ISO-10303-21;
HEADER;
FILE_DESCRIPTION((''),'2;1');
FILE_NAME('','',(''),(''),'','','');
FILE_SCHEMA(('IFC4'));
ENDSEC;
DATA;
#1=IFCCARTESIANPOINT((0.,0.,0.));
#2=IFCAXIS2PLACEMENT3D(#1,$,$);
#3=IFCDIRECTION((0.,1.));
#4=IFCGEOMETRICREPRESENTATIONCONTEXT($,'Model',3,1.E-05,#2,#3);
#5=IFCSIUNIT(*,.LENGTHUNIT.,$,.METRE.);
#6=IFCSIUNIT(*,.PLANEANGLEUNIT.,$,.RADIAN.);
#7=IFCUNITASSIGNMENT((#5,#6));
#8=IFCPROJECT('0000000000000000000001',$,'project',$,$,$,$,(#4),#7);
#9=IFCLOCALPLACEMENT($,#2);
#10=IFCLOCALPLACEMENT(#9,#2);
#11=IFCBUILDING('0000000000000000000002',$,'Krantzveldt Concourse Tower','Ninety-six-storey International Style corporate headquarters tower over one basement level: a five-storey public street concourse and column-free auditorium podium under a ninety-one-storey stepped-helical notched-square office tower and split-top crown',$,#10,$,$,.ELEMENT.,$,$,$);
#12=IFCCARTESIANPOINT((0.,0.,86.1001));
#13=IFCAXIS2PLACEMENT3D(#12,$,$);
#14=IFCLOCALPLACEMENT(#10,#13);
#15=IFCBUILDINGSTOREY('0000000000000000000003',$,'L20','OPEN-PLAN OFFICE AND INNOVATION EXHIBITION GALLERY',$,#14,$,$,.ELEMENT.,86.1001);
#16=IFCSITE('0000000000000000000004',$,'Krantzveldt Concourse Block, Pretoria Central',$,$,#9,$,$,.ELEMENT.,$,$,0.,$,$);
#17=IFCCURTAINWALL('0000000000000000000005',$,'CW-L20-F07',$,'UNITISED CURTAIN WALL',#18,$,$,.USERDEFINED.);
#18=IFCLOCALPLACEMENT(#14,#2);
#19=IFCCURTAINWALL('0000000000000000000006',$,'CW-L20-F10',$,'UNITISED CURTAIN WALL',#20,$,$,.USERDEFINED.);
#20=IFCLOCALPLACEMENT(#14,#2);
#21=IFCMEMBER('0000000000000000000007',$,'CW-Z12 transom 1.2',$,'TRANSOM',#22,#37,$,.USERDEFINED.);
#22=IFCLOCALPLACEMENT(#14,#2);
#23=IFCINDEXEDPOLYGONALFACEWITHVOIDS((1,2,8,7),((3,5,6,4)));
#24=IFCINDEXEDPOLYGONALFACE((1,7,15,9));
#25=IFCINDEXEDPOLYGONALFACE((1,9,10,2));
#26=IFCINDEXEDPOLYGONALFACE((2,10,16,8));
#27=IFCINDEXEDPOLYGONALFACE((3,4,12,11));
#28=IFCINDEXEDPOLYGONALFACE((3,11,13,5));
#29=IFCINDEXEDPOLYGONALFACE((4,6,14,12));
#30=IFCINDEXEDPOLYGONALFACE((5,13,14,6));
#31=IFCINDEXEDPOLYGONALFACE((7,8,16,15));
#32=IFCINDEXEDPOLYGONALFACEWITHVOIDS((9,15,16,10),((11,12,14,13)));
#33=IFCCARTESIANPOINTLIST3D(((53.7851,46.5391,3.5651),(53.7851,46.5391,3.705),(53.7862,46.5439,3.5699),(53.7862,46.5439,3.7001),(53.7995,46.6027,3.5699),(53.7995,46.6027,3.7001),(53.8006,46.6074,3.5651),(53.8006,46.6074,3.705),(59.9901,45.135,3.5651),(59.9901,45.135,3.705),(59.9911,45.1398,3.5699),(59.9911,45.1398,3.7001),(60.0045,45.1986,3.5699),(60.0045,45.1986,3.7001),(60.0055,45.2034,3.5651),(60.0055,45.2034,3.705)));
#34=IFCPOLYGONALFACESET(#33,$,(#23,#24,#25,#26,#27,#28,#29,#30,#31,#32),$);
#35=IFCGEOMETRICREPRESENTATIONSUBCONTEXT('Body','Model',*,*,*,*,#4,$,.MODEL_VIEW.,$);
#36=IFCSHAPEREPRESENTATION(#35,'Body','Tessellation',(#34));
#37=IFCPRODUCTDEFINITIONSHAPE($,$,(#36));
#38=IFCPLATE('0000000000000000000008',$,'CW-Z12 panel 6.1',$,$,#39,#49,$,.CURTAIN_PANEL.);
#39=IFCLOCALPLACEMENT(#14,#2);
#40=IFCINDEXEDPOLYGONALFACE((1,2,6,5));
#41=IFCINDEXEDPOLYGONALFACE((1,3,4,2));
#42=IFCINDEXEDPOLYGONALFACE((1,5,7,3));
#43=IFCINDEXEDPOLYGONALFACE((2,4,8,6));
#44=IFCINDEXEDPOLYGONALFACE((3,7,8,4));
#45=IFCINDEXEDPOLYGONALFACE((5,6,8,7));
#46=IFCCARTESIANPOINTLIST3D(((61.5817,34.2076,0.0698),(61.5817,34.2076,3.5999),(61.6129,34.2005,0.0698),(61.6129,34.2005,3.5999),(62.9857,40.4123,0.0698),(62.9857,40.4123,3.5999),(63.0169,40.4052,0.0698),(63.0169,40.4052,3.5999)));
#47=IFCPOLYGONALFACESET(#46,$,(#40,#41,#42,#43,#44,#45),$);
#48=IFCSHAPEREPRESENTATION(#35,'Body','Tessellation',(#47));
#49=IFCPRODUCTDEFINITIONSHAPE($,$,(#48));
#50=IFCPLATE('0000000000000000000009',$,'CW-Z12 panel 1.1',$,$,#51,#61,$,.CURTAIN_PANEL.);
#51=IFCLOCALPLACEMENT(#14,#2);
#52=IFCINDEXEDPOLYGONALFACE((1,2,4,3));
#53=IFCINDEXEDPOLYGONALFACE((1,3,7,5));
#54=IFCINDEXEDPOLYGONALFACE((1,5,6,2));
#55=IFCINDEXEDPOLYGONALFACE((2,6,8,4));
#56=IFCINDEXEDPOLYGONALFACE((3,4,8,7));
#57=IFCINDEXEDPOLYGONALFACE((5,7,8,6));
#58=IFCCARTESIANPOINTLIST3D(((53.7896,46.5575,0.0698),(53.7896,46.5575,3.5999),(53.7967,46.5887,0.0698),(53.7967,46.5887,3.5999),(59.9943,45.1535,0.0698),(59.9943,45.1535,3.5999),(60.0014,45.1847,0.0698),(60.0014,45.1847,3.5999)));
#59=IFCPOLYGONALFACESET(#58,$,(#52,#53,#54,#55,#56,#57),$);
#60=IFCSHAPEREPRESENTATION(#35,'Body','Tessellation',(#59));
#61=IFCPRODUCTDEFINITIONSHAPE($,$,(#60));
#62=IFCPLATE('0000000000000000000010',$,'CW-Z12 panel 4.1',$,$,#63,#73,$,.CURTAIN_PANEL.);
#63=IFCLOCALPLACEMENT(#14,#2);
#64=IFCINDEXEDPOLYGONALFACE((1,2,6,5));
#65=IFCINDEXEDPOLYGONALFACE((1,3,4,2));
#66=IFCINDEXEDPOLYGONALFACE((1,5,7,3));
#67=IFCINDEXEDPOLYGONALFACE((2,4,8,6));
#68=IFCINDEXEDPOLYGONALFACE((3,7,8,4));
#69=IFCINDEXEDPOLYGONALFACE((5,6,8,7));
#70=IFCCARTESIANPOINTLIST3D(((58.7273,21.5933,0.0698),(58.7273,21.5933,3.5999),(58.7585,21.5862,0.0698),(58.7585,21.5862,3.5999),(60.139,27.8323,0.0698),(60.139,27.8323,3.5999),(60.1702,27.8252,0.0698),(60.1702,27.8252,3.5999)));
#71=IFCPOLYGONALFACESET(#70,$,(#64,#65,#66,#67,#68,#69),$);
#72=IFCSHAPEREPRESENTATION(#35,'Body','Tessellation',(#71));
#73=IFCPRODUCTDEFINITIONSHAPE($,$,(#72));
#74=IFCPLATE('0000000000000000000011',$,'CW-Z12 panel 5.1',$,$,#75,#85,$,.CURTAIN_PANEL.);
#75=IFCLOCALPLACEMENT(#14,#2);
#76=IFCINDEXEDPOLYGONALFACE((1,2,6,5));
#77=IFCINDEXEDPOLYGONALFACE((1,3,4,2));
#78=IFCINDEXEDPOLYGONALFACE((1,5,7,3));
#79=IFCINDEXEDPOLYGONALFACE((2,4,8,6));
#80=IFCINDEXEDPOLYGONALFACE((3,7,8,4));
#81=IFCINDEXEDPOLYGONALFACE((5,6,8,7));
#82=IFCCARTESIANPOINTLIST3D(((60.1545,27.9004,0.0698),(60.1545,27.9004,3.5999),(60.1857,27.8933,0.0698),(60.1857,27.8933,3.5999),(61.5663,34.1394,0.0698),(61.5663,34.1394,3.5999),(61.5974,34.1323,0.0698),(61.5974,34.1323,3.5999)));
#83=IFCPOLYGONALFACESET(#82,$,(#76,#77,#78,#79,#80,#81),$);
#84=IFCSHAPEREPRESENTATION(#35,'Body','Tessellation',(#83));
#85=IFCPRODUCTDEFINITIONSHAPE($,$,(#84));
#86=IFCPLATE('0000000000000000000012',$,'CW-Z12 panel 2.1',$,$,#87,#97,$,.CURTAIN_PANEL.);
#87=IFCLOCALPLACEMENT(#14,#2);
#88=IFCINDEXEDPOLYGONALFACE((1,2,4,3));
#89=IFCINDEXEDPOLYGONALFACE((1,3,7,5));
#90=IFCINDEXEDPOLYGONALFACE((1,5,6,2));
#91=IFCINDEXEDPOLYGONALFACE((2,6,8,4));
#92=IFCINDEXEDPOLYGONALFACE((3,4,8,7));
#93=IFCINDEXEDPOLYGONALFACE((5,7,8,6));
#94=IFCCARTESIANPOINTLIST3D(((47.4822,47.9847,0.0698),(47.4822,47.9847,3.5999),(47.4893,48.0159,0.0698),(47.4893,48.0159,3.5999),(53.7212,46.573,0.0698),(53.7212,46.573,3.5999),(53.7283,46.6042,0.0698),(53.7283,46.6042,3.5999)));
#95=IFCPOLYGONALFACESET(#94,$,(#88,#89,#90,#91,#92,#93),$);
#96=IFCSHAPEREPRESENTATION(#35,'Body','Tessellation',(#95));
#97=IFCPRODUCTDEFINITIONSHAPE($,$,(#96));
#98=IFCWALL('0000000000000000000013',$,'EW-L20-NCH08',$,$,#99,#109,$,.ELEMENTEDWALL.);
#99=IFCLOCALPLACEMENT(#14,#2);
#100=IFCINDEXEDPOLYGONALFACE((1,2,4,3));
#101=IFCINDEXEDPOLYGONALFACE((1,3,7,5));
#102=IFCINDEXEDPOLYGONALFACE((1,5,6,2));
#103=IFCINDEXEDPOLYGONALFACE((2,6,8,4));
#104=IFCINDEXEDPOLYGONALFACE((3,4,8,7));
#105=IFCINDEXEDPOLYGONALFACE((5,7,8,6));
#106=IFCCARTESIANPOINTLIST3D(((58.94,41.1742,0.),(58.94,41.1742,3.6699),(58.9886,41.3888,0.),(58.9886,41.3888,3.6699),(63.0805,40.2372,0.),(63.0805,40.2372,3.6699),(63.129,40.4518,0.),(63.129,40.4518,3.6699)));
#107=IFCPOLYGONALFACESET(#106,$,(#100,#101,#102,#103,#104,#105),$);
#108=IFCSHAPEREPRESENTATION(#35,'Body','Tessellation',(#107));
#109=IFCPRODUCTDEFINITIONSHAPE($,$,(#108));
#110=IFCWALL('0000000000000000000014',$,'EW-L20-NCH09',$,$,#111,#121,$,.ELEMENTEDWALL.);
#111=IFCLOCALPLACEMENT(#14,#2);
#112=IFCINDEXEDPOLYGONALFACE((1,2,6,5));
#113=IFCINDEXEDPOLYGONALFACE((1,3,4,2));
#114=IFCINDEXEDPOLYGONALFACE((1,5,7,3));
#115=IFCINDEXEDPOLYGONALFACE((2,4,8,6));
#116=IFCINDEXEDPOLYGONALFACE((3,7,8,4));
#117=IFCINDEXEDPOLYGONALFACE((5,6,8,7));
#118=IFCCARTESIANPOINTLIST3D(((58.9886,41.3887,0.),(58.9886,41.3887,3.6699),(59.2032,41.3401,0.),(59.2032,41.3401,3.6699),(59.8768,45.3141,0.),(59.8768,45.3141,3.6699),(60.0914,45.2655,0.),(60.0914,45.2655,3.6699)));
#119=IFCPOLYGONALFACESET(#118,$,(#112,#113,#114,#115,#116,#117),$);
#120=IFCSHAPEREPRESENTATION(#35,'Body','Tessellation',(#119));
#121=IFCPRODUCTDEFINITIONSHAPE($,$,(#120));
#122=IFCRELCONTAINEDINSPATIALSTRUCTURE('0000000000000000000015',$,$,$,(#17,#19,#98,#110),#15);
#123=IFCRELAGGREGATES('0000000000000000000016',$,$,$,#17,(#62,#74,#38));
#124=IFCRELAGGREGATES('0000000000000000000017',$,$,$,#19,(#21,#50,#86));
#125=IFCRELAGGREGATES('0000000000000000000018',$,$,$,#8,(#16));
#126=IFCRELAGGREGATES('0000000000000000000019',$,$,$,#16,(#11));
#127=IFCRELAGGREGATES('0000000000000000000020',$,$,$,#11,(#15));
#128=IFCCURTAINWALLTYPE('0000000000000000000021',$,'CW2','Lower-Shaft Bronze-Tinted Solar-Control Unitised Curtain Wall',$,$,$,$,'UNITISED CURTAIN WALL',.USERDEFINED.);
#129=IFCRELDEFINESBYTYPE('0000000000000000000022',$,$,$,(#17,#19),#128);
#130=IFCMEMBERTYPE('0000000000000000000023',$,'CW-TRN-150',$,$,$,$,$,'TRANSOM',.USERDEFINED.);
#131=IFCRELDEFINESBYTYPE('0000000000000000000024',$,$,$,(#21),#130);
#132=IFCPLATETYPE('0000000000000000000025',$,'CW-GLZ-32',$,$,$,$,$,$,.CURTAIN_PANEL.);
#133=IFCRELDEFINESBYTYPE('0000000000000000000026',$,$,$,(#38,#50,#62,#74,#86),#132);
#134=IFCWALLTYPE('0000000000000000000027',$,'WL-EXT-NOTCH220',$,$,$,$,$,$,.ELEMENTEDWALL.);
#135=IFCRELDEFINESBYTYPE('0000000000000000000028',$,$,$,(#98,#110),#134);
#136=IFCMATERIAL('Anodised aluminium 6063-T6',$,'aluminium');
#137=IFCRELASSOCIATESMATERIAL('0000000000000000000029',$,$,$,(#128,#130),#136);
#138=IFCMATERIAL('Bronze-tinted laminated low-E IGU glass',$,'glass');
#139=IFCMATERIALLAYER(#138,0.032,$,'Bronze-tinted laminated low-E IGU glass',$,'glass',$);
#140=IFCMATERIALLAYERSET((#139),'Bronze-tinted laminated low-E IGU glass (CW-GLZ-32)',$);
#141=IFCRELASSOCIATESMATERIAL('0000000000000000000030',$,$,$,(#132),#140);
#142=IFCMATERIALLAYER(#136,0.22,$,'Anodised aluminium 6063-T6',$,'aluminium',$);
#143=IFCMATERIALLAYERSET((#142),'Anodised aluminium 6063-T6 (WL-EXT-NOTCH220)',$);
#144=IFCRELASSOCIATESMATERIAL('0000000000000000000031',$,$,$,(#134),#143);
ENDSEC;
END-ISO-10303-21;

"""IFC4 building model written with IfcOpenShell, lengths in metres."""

from ifc_helpers import new_model, si_unit, direction, frame, frame_2d, origin, origin_2d, place, context, subcontext, project, spatial, rectangle, hollow_rectangle, extrude, source, transform, mapped, material, layer, layer_set, material_profile, profile_set, type_object, type_shapes, element, aggregate, save


model = new_model("IFC4")

# Units and contexts
model_context = context("Model", 3, precision=1e-05, world=origin(), true_north=direction((0.0, 1.0)))
body_context = subcontext(model_context, "Body", "Model", "MODEL_VIEW")
ifc_project = project(units=[si_unit("LENGTHUNIT", "METRE"), si_unit("PLANEANGLEUNIT", "RADIAN")], contexts=[model_context])

# Site, building, storey
site_placement = place(None, origin())
site = spatial("IfcSite", under=ifc_project, at=site_placement, Name="Krantzveldt Concourse Block, Pretoria Central", CompositionType="ELEMENT", RefElevation=0.0)
building_placement = place(site_placement, origin())
building = spatial("IfcBuilding", under=site, at=building_placement, Name="Krantzveldt Concourse Tower", Description="Ninety-six-storey International Style corporate headquarters tower over one basement level: a five-storey public street concourse and column-free auditorium podium under a ninety-one-storey stepped-helical notched-square office tower and split-top crown", CompositionType="ELEMENT")
storey_placement = place(building_placement, frame((0.0, 0.0, 86.1001)))
storey = spatial("IfcBuildingStorey", under=building, at=storey_placement, Name="L20", Description="OPEN-PLAN OFFICE AND INNOVATION EXHIBITION GALLERY", CompositionType="ELEMENT", Elevation=86.1001)

# Curtain walls
ifc_material_1 = material(Name="Anodised aluminium 6063-T6", Category="aluminium")
curtain_wall_type = type_object("IfcCurtainWallType", Name="CW2", Description="Lower-Shaft Bronze-Tinted Solar-Control Unitised Curtain Wall", ElementType="UNITISED CURTAIN WALL", PredefinedType="USERDEFINED", material=ifc_material_1)
curtain_wall_1_placement = place(storey_placement, origin())
curtain_wall_1 = element("IfcCurtainWall", 1, at=curtain_wall_1_placement, inside=storey, type_object=curtain_wall_type, Name="CW-L20-F07", ObjectType="UNITISED CURTAIN WALL", PredefinedType="USERDEFINED")
curtain_wall_2_placement = place(storey_placement, origin())
curtain_wall_2 = element("IfcCurtainWall", 2, at=curtain_wall_2_placement, inside=storey, type_object=curtain_wall_type, Name="CW-L20-F10", ObjectType="UNITISED CURTAIN WALL", PredefinedType="USERDEFINED")

# Member
ifc_material_profile_1 = material_profile(ifc_material_1, hollow_rectangle(XDim=0.0701, YDim=0.1399, WallThickness=0.0049, at=origin_2d()), Name="Anodised aluminium 6063-T6", Category="aluminium")
ifc_profile_set_1 = profile_set([ifc_material_profile_1], Name="Anodised aluminium 6063-T6 - ALU-TRAN 140x70x5")
member_type_1 = type_object("IfcMemberType", Name="CW-TRN-150", ElementType="TRANSOM", PredefinedType="USERDEFINED", material=ifc_profile_set_1)
shared_shape_1 = source(origin(), body_context, "Body", "SweptSolid", [
    extrude(hollow_rectangle(XDim=0.0701, YDim=0.1399, WallThickness=0.0049, at=origin_2d()), origin(), (0.0, 0.0, 1.0), 6.3618),
])
member_1_placement = place(storey_placement, frame((59.9978, 45.1692, 3.635), z_axis=(-0.975341, 0.220704, 0.0), x_axis=(-0.220704, -0.975341, 0.0)))
member_1 = element("IfcMember", 3, at=member_1_placement, type_object=member_type_1, Name="CW-Z12 transom 1.2", ObjectType="TRANSOM", PredefinedType="USERDEFINED", context=body_context, shape_type="MappedRepresentation", body=[
    mapped(shared_shape_1, transform((0.0, 0.0, 0.0), x_axis=(1.0, 0.0, 0.0), y_axis=(0.0, 1.0, 0.0), z_axis=(0.0, 0.0, 1.0), scale=1.0)),
])

# Plates
ifc_material_2 = material(Name="Bronze-tinted laminated low-E IGU glass", Category="glass")
ifc_layer_1 = layer(ifc_material_2, 0.032, Name="Bronze-tinted laminated low-E IGU glass", Category="glass")
ifc_layer_set_1 = layer_set([ifc_layer_1], Name="Bronze-tinted laminated low-E IGU glass (CW-GLZ-32)")
plate_type = type_object("IfcPlateType", Name="CW-GLZ-32", PredefinedType="CURTAIN_PANEL", material=ifc_layer_set_1)
shared_shape_2 = source(origin(), body_context, "Body", "SweptSolid", [
    extrude(rectangle(XDim=6.3616, YDim=0.032, at=origin_2d()), origin(), (0.0, 0.0, 1.0), 3.53),
])
plate_1_placement = place(storey_placement, frame((62.2993, 37.3064, 0.0698), z_axis=(0.0, 0.0, 1.0), x_axis=(0.220697, 0.975342, 0.0)))
plate_1 = element("IfcPlate", 4, at=plate_1_placement, type_object=plate_type, Name="CW-Z12 panel 6.1", PredefinedType="CURTAIN_PANEL", context=body_context, shape_type="MappedRepresentation", body=[
    mapped(shared_shape_2, transform((0.0, 0.0, 0.0), x_axis=(1.0, 0.0, 0.0), y_axis=(0.0, 1.0, 0.0), z_axis=(0.0, 0.0, 1.0), scale=1.0)),
])
plate_2_placement = place(storey_placement, frame((56.8955, 45.8711, 0.0698), z_axis=(0.0, 0.0, 1.0), x_axis=(-0.975342, 0.220697, 0.0)))
plate_2 = element("IfcPlate", 5, at=plate_2_placement, type_object=plate_type, Name="CW-Z12 panel 1.1", PredefinedType="CURTAIN_PANEL", context=body_context, shape_type="MappedRepresentation", body=[
    mapped(shared_shape_2, transform((0.0, 0.0, 0.0), x_axis=(1.0, 0.0, 0.0), y_axis=(0.0, 1.0, 0.0), z_axis=(0.0, 0.0, 1.0), scale=1.0)),
])
shared_shape_3 = source(origin(), body_context, "Body", "SweptSolid", [
    extrude(rectangle(XDim=6.3967, YDim=0.032, at=origin_2d()), origin(), (0.0, 0.0, 1.0), 3.53),
])
type_shapes(plate_type, [shared_shape_2, shared_shape_3])
plate_3_placement = place(storey_placement, frame((59.4487, 24.7092, 0.0698), z_axis=(0.0, 0.0, 1.0), x_axis=(0.220697, 0.975342, 0.0)))
plate_3 = element("IfcPlate", 6, at=plate_3_placement, type_object=plate_type, Name="CW-Z12 panel 4.1", PredefinedType="CURTAIN_PANEL", context=body_context, shape_type="MappedRepresentation", body=[
    mapped(shared_shape_3, transform((0.0, 0.0, 0.0), x_axis=(1.0, 0.0, 0.0), y_axis=(0.0, 1.0, 0.0), z_axis=(0.0, 0.0, 1.0), scale=1.0)),
])
plate_4_placement = place(storey_placement, frame((60.876, 31.0164, 0.0698), z_axis=(0.0, 0.0, 1.0), x_axis=(0.220697, 0.975342, 0.0)))
plate_4 = element("IfcPlate", 7, at=plate_4_placement, type_object=plate_type, Name="CW-Z12 panel 5.1", PredefinedType="CURTAIN_PANEL", context=body_context, shape_type="MappedRepresentation", body=[
    mapped(shared_shape_3, transform((0.0, 0.0, 0.0), x_axis=(1.0, 0.0, 0.0), y_axis=(0.0, 1.0, 0.0), z_axis=(0.0, 0.0, 1.0), scale=1.0)),
])
aggregate(curtain_wall_1, [plate_3, plate_4, plate_1])
plate_5_placement = place(storey_placement, frame((50.6052, 47.2944, 0.0698), z_axis=(0.0, 0.0, 1.0), x_axis=(-0.975342, 0.220697, 0.0)))
plate_5 = element("IfcPlate", 8, at=plate_5_placement, type_object=plate_type, Name="CW-Z12 panel 2.1", PredefinedType="CURTAIN_PANEL", context=body_context, shape_type="MappedRepresentation", body=[
    mapped(shared_shape_3, transform((0.0, 0.0, 0.0), x_axis=(1.0, 0.0, 0.0), y_axis=(0.0, 1.0, 0.0), z_axis=(0.0, 0.0, 1.0), scale=1.0)),
])
aggregate(curtain_wall_2, [member_1, plate_2, plate_5])

# Walls
ifc_layer_2 = layer(ifc_material_1, 0.22, Name="Anodised aluminium 6063-T6", Category="aluminium")
ifc_layer_set_2 = layer_set([ifc_layer_2], Name="Anodised aluminium 6063-T6 (WL-EXT-NOTCH220)")
wall_type = type_object("IfcWallType", Name="WL-EXT-NOTCH220", PredefinedType="ELEMENTEDWALL", material=ifc_layer_set_2)
wall_1_placement = place(storey_placement, frame((63.1047, 40.3445, 0.0), z_axis=(0.0, 0.0, 1.0), x_axis=(-0.975335, 0.220729, 0.0)))
element("IfcWall", 9, at=wall_1_placement, inside=storey, type_object=wall_type, Name="EW-L20-NCH08", PredefinedType="ELEMENTEDWALL", context=body_context, shape_type="SweptSolid", body=[
    extrude(rectangle(XDim=4.2451, YDim=0.22, at=frame_2d((2.1226, 0.0))), origin(), (0.0, 0.0, 1.0), 3.6699),
])
wall_2_placement = place(storey_placement, frame((59.0959, 41.3645, 0.0), z_axis=(0.0, 0.0, 1.0), x_axis=(0.22068, 0.975346, 0.0)))
element("IfcWall", 10, at=wall_2_placement, inside=storey, type_object=wall_type, Name="EW-L20-NCH09", PredefinedType="ELEMENTEDWALL", context=body_context, shape_type="SweptSolid", body=[
    extrude(rectangle(XDim=4.0247, YDim=0.22, at=frame_2d((2.0122, 0.0))), origin(), (0.0, 0.0, 1.0), 3.6699),
])

save(model, "model.ifc")
